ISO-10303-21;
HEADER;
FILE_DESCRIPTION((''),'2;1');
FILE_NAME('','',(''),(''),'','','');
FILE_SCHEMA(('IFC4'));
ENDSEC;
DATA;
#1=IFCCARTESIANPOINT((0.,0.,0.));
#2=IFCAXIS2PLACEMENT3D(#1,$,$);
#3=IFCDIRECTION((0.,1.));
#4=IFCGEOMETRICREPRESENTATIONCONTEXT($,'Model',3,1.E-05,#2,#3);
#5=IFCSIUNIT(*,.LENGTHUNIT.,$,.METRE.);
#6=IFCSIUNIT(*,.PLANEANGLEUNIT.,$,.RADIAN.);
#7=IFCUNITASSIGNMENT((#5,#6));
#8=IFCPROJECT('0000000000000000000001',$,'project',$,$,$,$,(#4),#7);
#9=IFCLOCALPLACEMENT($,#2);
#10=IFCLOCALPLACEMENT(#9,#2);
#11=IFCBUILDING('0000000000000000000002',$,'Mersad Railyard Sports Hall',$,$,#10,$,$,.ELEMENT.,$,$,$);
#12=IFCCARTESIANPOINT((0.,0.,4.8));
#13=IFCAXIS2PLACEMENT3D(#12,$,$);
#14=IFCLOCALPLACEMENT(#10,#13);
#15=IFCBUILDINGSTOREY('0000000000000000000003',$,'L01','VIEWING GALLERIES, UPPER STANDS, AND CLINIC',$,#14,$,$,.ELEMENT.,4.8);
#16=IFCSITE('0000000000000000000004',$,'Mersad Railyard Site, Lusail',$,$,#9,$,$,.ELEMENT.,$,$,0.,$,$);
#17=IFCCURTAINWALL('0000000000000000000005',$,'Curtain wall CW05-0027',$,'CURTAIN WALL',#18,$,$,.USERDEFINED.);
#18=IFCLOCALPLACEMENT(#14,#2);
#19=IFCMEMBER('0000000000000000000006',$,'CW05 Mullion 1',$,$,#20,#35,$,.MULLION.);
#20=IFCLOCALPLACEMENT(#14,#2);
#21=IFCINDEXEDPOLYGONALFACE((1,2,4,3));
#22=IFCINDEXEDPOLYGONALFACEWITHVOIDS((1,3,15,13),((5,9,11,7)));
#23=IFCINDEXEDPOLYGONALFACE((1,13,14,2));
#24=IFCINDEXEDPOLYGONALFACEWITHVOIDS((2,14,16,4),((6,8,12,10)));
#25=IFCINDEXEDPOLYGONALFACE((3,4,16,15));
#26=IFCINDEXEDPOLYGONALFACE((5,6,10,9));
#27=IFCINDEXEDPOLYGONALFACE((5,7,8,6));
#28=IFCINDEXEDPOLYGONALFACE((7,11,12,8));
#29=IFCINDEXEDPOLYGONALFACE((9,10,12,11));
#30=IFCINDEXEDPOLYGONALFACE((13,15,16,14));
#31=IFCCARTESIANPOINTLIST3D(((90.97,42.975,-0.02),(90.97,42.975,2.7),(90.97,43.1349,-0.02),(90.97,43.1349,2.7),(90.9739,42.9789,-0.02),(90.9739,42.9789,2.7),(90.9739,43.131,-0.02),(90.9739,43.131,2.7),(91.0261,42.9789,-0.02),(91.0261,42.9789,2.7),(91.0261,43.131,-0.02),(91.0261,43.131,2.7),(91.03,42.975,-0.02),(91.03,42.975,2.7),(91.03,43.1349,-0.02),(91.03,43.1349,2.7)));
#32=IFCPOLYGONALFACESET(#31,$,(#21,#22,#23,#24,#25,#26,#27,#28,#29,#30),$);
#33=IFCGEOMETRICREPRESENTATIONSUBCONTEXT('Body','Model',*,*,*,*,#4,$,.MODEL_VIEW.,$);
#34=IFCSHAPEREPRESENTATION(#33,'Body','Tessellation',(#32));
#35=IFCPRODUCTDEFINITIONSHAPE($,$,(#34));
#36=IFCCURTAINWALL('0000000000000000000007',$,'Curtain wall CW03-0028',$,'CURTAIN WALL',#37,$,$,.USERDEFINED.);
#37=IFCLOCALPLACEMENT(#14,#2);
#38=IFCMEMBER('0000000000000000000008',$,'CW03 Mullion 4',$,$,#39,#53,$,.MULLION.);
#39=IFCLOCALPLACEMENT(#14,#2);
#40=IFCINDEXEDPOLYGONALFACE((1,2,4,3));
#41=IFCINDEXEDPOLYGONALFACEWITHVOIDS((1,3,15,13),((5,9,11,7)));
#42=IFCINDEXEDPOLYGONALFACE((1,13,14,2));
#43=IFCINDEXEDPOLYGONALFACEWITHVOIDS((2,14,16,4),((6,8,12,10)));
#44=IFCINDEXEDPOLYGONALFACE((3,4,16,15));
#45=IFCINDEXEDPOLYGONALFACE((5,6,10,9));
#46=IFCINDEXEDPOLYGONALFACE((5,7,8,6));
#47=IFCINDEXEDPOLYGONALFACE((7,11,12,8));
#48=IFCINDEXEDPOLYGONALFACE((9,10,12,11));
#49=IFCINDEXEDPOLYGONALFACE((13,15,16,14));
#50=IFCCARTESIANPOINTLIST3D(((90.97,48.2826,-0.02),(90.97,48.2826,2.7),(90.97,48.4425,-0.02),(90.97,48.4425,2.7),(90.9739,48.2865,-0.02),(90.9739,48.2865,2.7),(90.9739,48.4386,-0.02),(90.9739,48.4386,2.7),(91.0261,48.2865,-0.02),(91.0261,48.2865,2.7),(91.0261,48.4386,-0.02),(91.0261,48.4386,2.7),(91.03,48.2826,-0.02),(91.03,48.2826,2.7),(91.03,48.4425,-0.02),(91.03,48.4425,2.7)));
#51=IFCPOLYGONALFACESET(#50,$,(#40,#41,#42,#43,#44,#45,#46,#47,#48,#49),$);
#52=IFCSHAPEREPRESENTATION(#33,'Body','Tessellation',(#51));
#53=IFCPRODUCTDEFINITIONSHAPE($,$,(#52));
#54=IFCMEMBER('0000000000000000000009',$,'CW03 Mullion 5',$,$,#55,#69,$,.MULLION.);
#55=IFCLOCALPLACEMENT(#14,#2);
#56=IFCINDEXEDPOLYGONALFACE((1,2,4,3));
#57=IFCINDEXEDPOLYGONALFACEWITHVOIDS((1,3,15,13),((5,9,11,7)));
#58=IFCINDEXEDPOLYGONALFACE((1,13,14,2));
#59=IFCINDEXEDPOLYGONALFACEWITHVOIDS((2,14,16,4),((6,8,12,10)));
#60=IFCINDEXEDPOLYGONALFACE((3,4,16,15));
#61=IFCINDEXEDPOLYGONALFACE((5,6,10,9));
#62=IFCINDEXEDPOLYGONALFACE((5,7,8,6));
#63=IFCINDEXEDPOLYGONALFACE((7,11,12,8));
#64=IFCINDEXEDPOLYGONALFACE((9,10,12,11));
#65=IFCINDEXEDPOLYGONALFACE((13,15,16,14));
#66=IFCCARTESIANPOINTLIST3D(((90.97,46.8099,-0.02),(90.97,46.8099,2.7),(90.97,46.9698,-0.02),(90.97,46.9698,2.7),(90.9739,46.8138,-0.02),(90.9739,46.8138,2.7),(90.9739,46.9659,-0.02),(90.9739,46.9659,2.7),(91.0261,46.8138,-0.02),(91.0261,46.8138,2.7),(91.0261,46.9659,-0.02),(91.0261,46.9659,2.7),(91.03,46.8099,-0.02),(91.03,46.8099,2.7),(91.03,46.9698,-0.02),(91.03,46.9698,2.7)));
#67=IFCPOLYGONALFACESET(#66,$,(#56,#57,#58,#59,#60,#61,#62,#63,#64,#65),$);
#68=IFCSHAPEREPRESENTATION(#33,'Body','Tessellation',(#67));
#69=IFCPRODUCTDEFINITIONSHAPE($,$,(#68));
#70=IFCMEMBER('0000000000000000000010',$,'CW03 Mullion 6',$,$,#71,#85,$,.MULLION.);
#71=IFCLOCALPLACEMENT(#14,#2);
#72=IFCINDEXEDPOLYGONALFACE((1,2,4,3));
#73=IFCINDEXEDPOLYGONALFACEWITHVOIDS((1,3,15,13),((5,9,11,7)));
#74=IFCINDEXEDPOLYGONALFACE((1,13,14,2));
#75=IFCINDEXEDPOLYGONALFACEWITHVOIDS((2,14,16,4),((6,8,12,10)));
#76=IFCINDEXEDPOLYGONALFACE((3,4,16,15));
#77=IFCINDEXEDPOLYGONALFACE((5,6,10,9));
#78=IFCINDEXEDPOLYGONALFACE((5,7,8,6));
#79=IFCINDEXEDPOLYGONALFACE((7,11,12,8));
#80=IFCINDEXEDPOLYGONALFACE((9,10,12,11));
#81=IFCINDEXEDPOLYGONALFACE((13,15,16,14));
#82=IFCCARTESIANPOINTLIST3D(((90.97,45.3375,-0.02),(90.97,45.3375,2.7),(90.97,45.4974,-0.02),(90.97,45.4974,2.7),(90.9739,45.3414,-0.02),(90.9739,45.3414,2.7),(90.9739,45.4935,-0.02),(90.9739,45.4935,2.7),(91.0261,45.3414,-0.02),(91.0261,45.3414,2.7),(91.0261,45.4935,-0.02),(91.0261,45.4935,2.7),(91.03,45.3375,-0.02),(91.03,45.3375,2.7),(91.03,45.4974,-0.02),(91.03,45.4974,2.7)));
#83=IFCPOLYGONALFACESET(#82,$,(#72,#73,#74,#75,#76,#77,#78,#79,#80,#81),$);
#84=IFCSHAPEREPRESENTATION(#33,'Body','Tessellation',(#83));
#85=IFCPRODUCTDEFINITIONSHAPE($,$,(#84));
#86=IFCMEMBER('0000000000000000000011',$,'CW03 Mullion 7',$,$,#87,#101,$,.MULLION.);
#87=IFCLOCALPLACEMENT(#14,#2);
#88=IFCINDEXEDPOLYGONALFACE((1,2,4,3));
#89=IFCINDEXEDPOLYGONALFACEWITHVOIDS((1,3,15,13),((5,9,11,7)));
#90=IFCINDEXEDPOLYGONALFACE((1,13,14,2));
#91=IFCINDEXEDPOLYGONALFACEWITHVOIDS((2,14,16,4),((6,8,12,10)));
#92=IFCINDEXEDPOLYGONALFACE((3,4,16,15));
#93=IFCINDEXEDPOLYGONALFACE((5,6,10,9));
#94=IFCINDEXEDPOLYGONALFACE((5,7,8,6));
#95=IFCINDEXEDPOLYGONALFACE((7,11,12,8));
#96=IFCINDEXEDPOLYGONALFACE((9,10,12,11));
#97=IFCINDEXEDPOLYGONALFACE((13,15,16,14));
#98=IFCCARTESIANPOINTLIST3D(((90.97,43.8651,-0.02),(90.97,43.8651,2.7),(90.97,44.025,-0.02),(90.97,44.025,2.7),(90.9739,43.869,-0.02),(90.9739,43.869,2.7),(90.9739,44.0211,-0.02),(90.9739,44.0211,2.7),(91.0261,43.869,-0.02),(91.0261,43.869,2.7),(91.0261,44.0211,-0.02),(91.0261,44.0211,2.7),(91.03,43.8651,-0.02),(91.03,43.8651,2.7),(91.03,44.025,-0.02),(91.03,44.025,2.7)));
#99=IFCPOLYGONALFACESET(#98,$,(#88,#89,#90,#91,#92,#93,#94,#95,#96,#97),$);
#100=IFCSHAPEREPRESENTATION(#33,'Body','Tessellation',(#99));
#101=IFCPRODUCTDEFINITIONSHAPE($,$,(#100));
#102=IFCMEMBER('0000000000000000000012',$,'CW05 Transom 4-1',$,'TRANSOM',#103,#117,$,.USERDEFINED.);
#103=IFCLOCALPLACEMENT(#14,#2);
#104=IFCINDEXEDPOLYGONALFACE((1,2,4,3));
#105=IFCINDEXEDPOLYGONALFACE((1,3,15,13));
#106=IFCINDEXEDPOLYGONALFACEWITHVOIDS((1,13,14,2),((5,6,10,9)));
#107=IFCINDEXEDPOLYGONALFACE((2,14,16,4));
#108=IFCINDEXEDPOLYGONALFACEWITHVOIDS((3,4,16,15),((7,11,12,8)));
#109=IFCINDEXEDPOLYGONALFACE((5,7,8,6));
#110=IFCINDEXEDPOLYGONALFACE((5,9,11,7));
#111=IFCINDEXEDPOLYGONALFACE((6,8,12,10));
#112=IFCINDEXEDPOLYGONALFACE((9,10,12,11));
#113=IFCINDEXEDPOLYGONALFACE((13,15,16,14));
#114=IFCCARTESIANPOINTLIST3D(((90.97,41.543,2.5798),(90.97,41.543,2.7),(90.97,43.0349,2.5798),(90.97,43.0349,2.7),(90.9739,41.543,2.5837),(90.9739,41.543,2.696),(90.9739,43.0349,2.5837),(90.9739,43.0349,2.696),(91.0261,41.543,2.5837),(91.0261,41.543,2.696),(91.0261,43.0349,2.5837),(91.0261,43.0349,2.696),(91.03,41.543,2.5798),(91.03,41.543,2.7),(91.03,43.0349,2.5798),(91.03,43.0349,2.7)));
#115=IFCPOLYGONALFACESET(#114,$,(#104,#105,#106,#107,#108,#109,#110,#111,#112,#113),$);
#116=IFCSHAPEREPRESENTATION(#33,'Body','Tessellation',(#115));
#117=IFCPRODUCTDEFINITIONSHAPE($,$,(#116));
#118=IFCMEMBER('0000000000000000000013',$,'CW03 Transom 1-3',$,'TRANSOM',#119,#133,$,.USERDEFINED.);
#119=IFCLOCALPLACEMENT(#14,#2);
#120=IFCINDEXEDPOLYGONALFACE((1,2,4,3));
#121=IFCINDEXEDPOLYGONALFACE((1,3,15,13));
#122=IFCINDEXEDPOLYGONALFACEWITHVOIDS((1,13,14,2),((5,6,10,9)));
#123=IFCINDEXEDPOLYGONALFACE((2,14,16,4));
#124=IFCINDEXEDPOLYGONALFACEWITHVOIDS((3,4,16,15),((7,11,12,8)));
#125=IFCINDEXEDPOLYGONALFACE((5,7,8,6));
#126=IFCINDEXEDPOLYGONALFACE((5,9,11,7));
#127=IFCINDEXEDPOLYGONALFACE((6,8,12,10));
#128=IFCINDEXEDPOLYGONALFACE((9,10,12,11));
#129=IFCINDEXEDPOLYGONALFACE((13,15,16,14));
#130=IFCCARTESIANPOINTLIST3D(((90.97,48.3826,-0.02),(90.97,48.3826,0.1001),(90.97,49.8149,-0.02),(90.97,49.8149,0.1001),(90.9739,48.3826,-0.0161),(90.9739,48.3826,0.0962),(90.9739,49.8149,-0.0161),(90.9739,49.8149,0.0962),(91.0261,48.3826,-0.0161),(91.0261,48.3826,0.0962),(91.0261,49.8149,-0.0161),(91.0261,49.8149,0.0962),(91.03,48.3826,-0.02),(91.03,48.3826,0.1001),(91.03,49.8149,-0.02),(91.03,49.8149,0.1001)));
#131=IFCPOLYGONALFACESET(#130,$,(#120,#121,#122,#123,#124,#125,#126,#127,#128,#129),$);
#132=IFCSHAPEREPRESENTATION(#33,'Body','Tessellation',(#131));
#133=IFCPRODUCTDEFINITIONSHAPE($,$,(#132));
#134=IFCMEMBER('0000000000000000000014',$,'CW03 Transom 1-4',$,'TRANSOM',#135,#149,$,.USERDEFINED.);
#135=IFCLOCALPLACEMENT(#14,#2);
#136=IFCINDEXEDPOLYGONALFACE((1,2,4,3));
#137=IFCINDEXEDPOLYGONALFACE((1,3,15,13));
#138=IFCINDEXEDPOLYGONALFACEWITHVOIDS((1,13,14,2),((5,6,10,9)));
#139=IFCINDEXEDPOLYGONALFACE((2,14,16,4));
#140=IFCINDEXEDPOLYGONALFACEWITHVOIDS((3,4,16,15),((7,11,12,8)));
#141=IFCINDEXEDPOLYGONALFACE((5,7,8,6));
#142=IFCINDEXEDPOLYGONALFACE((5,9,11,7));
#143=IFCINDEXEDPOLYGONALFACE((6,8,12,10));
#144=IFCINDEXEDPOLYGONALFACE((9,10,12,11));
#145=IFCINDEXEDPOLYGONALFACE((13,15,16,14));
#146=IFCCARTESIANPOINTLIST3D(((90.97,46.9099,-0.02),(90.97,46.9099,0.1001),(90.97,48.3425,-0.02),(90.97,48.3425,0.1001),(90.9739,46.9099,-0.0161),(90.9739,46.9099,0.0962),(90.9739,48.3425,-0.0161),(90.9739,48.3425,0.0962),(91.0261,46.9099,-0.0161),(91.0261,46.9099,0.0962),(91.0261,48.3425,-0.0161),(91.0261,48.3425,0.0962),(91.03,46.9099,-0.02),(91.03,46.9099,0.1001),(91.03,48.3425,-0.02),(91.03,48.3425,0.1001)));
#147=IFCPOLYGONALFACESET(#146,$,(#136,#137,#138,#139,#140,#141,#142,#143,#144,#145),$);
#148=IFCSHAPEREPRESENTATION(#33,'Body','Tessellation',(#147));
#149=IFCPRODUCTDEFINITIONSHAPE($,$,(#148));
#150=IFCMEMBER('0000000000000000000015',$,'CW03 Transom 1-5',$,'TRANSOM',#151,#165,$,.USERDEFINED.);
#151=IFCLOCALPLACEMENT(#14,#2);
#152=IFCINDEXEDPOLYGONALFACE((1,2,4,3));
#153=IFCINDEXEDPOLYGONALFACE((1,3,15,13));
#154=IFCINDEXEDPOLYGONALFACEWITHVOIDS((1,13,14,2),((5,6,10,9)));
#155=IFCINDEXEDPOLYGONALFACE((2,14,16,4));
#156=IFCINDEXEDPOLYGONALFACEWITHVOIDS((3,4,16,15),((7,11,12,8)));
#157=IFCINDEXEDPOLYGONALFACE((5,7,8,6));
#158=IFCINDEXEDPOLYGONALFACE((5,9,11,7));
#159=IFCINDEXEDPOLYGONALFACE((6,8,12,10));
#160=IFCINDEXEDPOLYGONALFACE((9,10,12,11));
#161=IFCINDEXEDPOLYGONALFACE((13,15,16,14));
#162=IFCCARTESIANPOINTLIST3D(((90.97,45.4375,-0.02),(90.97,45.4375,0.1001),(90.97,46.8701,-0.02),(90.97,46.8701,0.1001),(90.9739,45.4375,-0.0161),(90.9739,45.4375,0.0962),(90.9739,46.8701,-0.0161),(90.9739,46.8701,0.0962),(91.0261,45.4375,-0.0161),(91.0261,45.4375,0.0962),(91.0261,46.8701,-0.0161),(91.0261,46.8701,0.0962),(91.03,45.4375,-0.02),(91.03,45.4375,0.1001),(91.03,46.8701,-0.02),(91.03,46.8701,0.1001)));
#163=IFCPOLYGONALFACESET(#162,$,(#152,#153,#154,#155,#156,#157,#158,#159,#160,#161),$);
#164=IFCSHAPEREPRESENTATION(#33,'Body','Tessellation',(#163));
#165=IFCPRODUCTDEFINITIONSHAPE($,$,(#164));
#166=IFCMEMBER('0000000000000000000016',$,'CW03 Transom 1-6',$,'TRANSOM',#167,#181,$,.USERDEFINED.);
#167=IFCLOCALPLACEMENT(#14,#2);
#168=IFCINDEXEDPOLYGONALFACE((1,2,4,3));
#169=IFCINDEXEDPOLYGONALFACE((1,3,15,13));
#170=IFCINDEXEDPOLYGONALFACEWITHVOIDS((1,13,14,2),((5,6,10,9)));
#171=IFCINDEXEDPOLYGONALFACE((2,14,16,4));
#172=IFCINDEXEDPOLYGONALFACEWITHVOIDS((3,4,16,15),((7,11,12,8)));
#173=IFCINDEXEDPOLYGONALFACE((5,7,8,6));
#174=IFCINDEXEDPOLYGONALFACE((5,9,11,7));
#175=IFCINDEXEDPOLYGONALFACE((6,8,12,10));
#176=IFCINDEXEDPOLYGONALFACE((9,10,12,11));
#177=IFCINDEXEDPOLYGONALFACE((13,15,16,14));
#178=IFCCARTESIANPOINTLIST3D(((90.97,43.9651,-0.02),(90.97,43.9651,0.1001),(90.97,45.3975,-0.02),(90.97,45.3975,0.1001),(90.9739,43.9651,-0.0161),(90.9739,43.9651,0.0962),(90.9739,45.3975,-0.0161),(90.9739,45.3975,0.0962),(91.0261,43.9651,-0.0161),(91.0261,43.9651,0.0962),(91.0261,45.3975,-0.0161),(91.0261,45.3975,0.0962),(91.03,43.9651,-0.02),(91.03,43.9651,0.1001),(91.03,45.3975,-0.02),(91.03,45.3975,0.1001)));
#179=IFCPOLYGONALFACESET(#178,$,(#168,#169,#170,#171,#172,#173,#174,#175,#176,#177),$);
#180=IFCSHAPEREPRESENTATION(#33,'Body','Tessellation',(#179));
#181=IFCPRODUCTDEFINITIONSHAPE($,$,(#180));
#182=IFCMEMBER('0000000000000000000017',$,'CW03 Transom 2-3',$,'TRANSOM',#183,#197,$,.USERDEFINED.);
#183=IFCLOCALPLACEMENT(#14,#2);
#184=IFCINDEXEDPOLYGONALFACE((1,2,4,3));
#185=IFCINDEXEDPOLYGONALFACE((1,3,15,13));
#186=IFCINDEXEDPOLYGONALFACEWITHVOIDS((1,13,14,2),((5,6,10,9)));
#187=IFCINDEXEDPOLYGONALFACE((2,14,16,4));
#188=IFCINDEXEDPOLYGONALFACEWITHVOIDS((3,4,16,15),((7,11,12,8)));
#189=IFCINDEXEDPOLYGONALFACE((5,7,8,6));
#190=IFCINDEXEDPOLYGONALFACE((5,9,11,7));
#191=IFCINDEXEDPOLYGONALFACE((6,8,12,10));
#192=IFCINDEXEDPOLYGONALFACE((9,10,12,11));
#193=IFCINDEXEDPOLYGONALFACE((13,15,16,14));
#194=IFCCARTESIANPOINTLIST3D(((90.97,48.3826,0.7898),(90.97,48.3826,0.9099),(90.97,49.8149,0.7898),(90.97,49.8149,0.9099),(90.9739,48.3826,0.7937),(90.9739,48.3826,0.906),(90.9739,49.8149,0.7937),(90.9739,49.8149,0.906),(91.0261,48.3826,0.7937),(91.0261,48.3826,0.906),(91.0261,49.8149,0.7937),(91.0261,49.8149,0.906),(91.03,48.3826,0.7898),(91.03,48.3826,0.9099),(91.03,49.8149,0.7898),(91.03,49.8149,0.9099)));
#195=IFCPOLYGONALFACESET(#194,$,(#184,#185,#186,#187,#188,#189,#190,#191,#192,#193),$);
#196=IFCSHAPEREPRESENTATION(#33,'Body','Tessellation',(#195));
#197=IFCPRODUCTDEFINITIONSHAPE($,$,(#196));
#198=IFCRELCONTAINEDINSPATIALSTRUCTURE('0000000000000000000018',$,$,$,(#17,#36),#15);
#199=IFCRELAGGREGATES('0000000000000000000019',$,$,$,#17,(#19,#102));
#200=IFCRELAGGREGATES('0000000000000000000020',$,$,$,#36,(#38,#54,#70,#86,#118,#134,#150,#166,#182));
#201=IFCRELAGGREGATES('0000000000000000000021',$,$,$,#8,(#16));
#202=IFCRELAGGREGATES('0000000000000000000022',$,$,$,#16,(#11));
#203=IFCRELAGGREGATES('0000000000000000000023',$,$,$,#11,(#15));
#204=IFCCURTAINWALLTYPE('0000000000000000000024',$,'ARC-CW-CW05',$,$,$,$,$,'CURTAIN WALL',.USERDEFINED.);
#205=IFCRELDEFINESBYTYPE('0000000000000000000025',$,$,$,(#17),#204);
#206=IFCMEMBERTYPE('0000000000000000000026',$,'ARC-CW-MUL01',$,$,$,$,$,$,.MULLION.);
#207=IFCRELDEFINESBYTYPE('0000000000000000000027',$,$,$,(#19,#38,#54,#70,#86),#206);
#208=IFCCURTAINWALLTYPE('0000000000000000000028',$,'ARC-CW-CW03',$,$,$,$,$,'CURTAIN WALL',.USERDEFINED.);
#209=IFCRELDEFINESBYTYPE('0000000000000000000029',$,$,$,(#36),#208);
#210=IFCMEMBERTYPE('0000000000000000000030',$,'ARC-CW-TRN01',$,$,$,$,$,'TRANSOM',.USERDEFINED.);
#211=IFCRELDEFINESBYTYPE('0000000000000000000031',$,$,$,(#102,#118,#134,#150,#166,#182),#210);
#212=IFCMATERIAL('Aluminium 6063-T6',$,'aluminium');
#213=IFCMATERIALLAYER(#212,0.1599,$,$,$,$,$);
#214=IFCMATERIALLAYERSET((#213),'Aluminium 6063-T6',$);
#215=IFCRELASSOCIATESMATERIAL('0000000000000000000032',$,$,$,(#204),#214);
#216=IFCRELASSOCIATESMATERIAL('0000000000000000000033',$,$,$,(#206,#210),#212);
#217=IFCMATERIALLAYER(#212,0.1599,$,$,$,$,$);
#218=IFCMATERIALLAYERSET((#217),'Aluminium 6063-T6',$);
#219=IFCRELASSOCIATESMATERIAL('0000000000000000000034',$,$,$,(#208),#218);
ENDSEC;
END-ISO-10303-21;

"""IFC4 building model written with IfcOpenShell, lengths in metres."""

from ifc_helpers import new_model, si_unit, direction, frame, origin, origin_2d, place, context, subcontext, project, spatial, hollow_rectangle, extrude, material, layer, layer_set, material_profile, profile_set, type_object, element, aggregate, save


model = new_model("IFC4")

# Units and contexts
model_context = context("Model", 3, precision=1e-05, world=origin(), true_north=direction((0.0, 1.0)))
body_context = subcontext(model_context, "Body", "Model", "MODEL_VIEW")
ifc_project = project(units=[si_unit("LENGTHUNIT", "METRE"), si_unit("PLANEANGLEUNIT", "RADIAN")], contexts=[model_context])

# Site, building, storey
site_placement = place(None, origin())
site = spatial("IfcSite", under=ifc_project, at=site_placement, Name="Mersad Railyard Site, Lusail", CompositionType="ELEMENT", RefElevation=0.0)
building_placement = place(site_placement, origin())
building = spatial("IfcBuilding", under=site, at=building_placement, Name="Mersad Railyard Sports Hall", CompositionType="ELEMENT")
storey_placement = place(building_placement, frame((0.0, 0.0, 4.8)))
storey = spatial("IfcBuildingStorey", under=building, at=storey_placement, Name="L01", Description="VIEWING GALLERIES, UPPER STANDS, AND CLINIC", CompositionType="ELEMENT", Elevation=4.8)

# Curtain wall, member
ifc_material_1 = material(Name="Aluminium 6063-T6", Category="aluminium")
ifc_layer_1 = layer(ifc_material_1, 0.1599)
ifc_layer_set_1 = layer_set([ifc_layer_1], Name="Aluminium 6063-T6")
curtain_wall_type_1 = type_object("IfcCurtainWallType", Name="ARC-CW-CW05", ElementType="CURTAIN WALL", PredefinedType="USERDEFINED", material=ifc_layer_set_1)
curtain_wall_1_placement = place(storey_placement, origin())
curtain_wall_1 = element("IfcCurtainWall", 1, at=curtain_wall_1_placement, inside=storey, type_object=curtain_wall_type_1, Name="Curtain wall CW05-0027", ObjectType="CURTAIN WALL", PredefinedType="USERDEFINED")
ifc_material_profile_1 = material_profile(ifc_material_1, hollow_rectangle(XDim=0.0601, YDim=0.1599, WallThickness=0.0039, at=origin_2d()), Name="AL MULLION 60x160x4")
ifc_profile_set_1 = profile_set([ifc_material_profile_1], Name="Aluminium 6063-T6")
member_type_1 = type_object("IfcMemberType", Name="ARC-CW-MUL01", PredefinedType="MULLION", material=ifc_profile_set_1)
member_1_placement = place(storey_placement, frame((91.0, 43.0549, -0.02), z_axis=(0.0, 0.0, 1.0), x_axis=(1.0, 0.0, 0.0)))
member_1 = element("IfcMember", 2, at=member_1_placement, type_object=member_type_1, Name="CW05 Mullion 1", PredefinedType="MULLION", context=body_context, shape_type="SweptSolid", body=[
    extrude(hollow_rectangle(XDim=0.0601, YDim=0.1599, WallThickness=0.0039, at=origin_2d()), origin(), (0.0, 0.0, 1.0), 2.72),
])

# Curtain wall, members
ifc_layer_2 = layer(ifc_material_1, 0.1599)
ifc_layer_set_2 = layer_set([ifc_layer_2], Name="Aluminium 6063-T6")
curtain_wall_type_2 = type_object("IfcCurtainWallType", Name="ARC-CW-CW03", ElementType="CURTAIN WALL", PredefinedType="USERDEFINED", material=ifc_layer_set_2)
curtain_wall_2_placement = place(storey_placement, origin())
curtain_wall_2 = element("IfcCurtainWall", 3, at=curtain_wall_2_placement, inside=storey, type_object=curtain_wall_type_2, Name="Curtain wall CW03-0028", ObjectType="CURTAIN WALL", PredefinedType="USERDEFINED")
member_2_placement = place(storey_placement, frame((91.0, 48.3625, -0.02), z_axis=(0.0, 0.0, 1.0), x_axis=(1.0, 0.0, 0.0)))
member_2 = element("IfcMember", 4, at=member_2_placement, type_object=member_type_1, Name="CW03 Mullion 4", PredefinedType="MULLION", context=body_context, shape_type="SweptSolid", body=[
    extrude(hollow_rectangle(XDim=0.0601, YDim=0.1599, WallThickness=0.0039, at=origin_2d()), origin(), (0.0, 0.0, 1.0), 2.72),
])
member_3_placement = place(storey_placement, frame((91.0, 46.8899, -0.02), z_axis=(0.0, 0.0, 1.0), x_axis=(1.0, 0.0, 0.0)))
member_3 = element("IfcMember", 5, at=member_3_placement, type_object=member_type_1, Name="CW03 Mullion 5", PredefinedType="MULLION", context=body_context, shape_type="SweptSolid", body=[
    extrude(hollow_rectangle(XDim=0.0601, YDim=0.1599, WallThickness=0.0039, at=origin_2d()), origin(), (0.0, 0.0, 1.0), 2.72),
])
member_4_placement = place(storey_placement, frame((91.0, 45.4175, -0.02), z_axis=(0.0, 0.0, 1.0), x_axis=(1.0, 0.0, 0.0)))
member_4 = element("IfcMember", 6, at=member_4_placement, type_object=member_type_1, Name="CW03 Mullion 6", PredefinedType="MULLION", context=body_context, shape_type="SweptSolid", body=[
    extrude(hollow_rectangle(XDim=0.0601, YDim=0.1599, WallThickness=0.0039, at=origin_2d()), origin(), (0.0, 0.0, 1.0), 2.72),
])
member_5_placement = place(storey_placement, frame((91.0, 43.9451, -0.02), z_axis=(0.0, 0.0, 1.0), x_axis=(1.0, 0.0, 0.0)))
member_5 = element("IfcMember", 7, at=member_5_placement, type_object=member_type_1, Name="CW03 Mullion 7", PredefinedType="MULLION", context=body_context, shape_type="SweptSolid", body=[
    extrude(hollow_rectangle(XDim=0.0601, YDim=0.1599, WallThickness=0.0039, at=origin_2d()), origin(), (0.0, 0.0, 1.0), 2.72),
])

# Members
ifc_material_profile_2 = material_profile(ifc_material_1, hollow_rectangle(XDim=0.0601, YDim=0.1201, WallThickness=0.0039, at=origin_2d()), Name="AL TRANSOM 60x120x4")
ifc_profile_set_2 = profile_set([ifc_material_profile_2], Name="Aluminium 6063-T6")
member_type_2 = type_object("IfcMemberType", Name="ARC-CW-TRN01", ElementType="TRANSOM", PredefinedType="USERDEFINED", material=ifc_profile_set_2)
member_6_placement = place(storey_placement, frame((91.0, 43.0349, 2.6399), z_axis=(0.0, -1.0, 0.0), x_axis=(1.0, 0.0, 0.0)))
member_6 = element("IfcMember", 8, at=member_6_placement, type_object=member_type_2, Name="CW05 Transom 4-1", ObjectType="TRANSOM", PredefinedType="USERDEFINED", context=body_context, shape_type="SweptSolid", body=[
    extrude(hollow_rectangle(XDim=0.0601, YDim=0.1201, WallThickness=0.0039, at=origin_2d()), origin(), (0.0, 0.0, 1.0), 1.4919),
])
aggregate(curtain_wall_1, [member_1, member_6])
member_7_placement = place(storey_placement, frame((91.0, 49.8149, 0.04), z_axis=(0.0, -1.0, 0.0), x_axis=(1.0, 0.0, 0.0)))
member_7 = element("IfcMember", 9, at=member_7_placement, type_object=member_type_2, Name="CW03 Transom 1-3", ObjectType="TRANSOM", PredefinedType="USERDEFINED", context=body_context, shape_type="SweptSolid", body=[
    extrude(hollow_rectangle(XDim=0.0601, YDim=0.1201, WallThickness=0.0039, at=origin_2d()), origin(), (0.0, 0.0, 1.0), 1.4324),
])
member_8_placement = place(storey_placement, frame((91.0, 48.3425, 0.04), z_axis=(0.0, -1.0, 0.0), x_axis=(1.0, 0.0, 0.0)))
member_8 = element("IfcMember", 10, at=member_8_placement, type_object=member_type_2, Name="CW03 Transom 1-4", ObjectType="TRANSOM", PredefinedType="USERDEFINED", context=body_context, shape_type="SweptSolid", body=[
    extrude(hollow_rectangle(XDim=0.0601, YDim=0.1201, WallThickness=0.0039, at=origin_2d()), origin(), (0.0, 0.0, 1.0), 1.4326),
])
member_9_placement = place(storey_placement, frame((91.0, 46.8701, 0.04), z_axis=(0.0, -1.0, 0.0), x_axis=(1.0, 0.0, 0.0)))
member_9 = element("IfcMember", 11, at=member_9_placement, type_object=member_type_2, Name="CW03 Transom 1-5", ObjectType="TRANSOM", PredefinedType="USERDEFINED", context=body_context, shape_type="SweptSolid", body=[
    extrude(hollow_rectangle(XDim=0.0601, YDim=0.1201, WallThickness=0.0039, at=origin_2d()), origin(), (0.0, 0.0, 1.0), 1.4326),
])
member_10_placement = place(storey_placement, frame((91.0, 45.3975, 0.04), z_axis=(0.0, -1.0, 0.0), x_axis=(1.0, 0.0, 0.0)))
member_10 = element("IfcMember", 12, at=member_10_placement, type_object=member_type_2, Name="CW03 Transom 1-6", ObjectType="TRANSOM", PredefinedType="USERDEFINED", context=body_context, shape_type="SweptSolid", body=[
    extrude(hollow_rectangle(XDim=0.0601, YDim=0.1201, WallThickness=0.0039, at=origin_2d()), origin(), (0.0, 0.0, 1.0), 1.4324),
])
member_11_placement = place(storey_placement, frame((91.0, 49.8149, 0.8499), z_axis=(0.0, -1.0, 0.0), x_axis=(1.0, 0.0, 0.0)))
member_11 = element("IfcMember", 13, at=member_11_placement, type_object=member_type_2, Name="CW03 Transom 2-3", ObjectType="TRANSOM", PredefinedType="USERDEFINED", context=body_context, shape_type="SweptSolid", body=[
    extrude(hollow_rectangle(XDim=0.0601, YDim=0.1201, WallThickness=0.0039, at=origin_2d()), origin(), (0.0, 0.0, 1.0), 1.4324),
])

aggregate(curtain_wall_2, [member_2, member_3, member_4, member_5, member_7, member_8, member_9, member_10, member_11])

save(model, "model.ifc")
